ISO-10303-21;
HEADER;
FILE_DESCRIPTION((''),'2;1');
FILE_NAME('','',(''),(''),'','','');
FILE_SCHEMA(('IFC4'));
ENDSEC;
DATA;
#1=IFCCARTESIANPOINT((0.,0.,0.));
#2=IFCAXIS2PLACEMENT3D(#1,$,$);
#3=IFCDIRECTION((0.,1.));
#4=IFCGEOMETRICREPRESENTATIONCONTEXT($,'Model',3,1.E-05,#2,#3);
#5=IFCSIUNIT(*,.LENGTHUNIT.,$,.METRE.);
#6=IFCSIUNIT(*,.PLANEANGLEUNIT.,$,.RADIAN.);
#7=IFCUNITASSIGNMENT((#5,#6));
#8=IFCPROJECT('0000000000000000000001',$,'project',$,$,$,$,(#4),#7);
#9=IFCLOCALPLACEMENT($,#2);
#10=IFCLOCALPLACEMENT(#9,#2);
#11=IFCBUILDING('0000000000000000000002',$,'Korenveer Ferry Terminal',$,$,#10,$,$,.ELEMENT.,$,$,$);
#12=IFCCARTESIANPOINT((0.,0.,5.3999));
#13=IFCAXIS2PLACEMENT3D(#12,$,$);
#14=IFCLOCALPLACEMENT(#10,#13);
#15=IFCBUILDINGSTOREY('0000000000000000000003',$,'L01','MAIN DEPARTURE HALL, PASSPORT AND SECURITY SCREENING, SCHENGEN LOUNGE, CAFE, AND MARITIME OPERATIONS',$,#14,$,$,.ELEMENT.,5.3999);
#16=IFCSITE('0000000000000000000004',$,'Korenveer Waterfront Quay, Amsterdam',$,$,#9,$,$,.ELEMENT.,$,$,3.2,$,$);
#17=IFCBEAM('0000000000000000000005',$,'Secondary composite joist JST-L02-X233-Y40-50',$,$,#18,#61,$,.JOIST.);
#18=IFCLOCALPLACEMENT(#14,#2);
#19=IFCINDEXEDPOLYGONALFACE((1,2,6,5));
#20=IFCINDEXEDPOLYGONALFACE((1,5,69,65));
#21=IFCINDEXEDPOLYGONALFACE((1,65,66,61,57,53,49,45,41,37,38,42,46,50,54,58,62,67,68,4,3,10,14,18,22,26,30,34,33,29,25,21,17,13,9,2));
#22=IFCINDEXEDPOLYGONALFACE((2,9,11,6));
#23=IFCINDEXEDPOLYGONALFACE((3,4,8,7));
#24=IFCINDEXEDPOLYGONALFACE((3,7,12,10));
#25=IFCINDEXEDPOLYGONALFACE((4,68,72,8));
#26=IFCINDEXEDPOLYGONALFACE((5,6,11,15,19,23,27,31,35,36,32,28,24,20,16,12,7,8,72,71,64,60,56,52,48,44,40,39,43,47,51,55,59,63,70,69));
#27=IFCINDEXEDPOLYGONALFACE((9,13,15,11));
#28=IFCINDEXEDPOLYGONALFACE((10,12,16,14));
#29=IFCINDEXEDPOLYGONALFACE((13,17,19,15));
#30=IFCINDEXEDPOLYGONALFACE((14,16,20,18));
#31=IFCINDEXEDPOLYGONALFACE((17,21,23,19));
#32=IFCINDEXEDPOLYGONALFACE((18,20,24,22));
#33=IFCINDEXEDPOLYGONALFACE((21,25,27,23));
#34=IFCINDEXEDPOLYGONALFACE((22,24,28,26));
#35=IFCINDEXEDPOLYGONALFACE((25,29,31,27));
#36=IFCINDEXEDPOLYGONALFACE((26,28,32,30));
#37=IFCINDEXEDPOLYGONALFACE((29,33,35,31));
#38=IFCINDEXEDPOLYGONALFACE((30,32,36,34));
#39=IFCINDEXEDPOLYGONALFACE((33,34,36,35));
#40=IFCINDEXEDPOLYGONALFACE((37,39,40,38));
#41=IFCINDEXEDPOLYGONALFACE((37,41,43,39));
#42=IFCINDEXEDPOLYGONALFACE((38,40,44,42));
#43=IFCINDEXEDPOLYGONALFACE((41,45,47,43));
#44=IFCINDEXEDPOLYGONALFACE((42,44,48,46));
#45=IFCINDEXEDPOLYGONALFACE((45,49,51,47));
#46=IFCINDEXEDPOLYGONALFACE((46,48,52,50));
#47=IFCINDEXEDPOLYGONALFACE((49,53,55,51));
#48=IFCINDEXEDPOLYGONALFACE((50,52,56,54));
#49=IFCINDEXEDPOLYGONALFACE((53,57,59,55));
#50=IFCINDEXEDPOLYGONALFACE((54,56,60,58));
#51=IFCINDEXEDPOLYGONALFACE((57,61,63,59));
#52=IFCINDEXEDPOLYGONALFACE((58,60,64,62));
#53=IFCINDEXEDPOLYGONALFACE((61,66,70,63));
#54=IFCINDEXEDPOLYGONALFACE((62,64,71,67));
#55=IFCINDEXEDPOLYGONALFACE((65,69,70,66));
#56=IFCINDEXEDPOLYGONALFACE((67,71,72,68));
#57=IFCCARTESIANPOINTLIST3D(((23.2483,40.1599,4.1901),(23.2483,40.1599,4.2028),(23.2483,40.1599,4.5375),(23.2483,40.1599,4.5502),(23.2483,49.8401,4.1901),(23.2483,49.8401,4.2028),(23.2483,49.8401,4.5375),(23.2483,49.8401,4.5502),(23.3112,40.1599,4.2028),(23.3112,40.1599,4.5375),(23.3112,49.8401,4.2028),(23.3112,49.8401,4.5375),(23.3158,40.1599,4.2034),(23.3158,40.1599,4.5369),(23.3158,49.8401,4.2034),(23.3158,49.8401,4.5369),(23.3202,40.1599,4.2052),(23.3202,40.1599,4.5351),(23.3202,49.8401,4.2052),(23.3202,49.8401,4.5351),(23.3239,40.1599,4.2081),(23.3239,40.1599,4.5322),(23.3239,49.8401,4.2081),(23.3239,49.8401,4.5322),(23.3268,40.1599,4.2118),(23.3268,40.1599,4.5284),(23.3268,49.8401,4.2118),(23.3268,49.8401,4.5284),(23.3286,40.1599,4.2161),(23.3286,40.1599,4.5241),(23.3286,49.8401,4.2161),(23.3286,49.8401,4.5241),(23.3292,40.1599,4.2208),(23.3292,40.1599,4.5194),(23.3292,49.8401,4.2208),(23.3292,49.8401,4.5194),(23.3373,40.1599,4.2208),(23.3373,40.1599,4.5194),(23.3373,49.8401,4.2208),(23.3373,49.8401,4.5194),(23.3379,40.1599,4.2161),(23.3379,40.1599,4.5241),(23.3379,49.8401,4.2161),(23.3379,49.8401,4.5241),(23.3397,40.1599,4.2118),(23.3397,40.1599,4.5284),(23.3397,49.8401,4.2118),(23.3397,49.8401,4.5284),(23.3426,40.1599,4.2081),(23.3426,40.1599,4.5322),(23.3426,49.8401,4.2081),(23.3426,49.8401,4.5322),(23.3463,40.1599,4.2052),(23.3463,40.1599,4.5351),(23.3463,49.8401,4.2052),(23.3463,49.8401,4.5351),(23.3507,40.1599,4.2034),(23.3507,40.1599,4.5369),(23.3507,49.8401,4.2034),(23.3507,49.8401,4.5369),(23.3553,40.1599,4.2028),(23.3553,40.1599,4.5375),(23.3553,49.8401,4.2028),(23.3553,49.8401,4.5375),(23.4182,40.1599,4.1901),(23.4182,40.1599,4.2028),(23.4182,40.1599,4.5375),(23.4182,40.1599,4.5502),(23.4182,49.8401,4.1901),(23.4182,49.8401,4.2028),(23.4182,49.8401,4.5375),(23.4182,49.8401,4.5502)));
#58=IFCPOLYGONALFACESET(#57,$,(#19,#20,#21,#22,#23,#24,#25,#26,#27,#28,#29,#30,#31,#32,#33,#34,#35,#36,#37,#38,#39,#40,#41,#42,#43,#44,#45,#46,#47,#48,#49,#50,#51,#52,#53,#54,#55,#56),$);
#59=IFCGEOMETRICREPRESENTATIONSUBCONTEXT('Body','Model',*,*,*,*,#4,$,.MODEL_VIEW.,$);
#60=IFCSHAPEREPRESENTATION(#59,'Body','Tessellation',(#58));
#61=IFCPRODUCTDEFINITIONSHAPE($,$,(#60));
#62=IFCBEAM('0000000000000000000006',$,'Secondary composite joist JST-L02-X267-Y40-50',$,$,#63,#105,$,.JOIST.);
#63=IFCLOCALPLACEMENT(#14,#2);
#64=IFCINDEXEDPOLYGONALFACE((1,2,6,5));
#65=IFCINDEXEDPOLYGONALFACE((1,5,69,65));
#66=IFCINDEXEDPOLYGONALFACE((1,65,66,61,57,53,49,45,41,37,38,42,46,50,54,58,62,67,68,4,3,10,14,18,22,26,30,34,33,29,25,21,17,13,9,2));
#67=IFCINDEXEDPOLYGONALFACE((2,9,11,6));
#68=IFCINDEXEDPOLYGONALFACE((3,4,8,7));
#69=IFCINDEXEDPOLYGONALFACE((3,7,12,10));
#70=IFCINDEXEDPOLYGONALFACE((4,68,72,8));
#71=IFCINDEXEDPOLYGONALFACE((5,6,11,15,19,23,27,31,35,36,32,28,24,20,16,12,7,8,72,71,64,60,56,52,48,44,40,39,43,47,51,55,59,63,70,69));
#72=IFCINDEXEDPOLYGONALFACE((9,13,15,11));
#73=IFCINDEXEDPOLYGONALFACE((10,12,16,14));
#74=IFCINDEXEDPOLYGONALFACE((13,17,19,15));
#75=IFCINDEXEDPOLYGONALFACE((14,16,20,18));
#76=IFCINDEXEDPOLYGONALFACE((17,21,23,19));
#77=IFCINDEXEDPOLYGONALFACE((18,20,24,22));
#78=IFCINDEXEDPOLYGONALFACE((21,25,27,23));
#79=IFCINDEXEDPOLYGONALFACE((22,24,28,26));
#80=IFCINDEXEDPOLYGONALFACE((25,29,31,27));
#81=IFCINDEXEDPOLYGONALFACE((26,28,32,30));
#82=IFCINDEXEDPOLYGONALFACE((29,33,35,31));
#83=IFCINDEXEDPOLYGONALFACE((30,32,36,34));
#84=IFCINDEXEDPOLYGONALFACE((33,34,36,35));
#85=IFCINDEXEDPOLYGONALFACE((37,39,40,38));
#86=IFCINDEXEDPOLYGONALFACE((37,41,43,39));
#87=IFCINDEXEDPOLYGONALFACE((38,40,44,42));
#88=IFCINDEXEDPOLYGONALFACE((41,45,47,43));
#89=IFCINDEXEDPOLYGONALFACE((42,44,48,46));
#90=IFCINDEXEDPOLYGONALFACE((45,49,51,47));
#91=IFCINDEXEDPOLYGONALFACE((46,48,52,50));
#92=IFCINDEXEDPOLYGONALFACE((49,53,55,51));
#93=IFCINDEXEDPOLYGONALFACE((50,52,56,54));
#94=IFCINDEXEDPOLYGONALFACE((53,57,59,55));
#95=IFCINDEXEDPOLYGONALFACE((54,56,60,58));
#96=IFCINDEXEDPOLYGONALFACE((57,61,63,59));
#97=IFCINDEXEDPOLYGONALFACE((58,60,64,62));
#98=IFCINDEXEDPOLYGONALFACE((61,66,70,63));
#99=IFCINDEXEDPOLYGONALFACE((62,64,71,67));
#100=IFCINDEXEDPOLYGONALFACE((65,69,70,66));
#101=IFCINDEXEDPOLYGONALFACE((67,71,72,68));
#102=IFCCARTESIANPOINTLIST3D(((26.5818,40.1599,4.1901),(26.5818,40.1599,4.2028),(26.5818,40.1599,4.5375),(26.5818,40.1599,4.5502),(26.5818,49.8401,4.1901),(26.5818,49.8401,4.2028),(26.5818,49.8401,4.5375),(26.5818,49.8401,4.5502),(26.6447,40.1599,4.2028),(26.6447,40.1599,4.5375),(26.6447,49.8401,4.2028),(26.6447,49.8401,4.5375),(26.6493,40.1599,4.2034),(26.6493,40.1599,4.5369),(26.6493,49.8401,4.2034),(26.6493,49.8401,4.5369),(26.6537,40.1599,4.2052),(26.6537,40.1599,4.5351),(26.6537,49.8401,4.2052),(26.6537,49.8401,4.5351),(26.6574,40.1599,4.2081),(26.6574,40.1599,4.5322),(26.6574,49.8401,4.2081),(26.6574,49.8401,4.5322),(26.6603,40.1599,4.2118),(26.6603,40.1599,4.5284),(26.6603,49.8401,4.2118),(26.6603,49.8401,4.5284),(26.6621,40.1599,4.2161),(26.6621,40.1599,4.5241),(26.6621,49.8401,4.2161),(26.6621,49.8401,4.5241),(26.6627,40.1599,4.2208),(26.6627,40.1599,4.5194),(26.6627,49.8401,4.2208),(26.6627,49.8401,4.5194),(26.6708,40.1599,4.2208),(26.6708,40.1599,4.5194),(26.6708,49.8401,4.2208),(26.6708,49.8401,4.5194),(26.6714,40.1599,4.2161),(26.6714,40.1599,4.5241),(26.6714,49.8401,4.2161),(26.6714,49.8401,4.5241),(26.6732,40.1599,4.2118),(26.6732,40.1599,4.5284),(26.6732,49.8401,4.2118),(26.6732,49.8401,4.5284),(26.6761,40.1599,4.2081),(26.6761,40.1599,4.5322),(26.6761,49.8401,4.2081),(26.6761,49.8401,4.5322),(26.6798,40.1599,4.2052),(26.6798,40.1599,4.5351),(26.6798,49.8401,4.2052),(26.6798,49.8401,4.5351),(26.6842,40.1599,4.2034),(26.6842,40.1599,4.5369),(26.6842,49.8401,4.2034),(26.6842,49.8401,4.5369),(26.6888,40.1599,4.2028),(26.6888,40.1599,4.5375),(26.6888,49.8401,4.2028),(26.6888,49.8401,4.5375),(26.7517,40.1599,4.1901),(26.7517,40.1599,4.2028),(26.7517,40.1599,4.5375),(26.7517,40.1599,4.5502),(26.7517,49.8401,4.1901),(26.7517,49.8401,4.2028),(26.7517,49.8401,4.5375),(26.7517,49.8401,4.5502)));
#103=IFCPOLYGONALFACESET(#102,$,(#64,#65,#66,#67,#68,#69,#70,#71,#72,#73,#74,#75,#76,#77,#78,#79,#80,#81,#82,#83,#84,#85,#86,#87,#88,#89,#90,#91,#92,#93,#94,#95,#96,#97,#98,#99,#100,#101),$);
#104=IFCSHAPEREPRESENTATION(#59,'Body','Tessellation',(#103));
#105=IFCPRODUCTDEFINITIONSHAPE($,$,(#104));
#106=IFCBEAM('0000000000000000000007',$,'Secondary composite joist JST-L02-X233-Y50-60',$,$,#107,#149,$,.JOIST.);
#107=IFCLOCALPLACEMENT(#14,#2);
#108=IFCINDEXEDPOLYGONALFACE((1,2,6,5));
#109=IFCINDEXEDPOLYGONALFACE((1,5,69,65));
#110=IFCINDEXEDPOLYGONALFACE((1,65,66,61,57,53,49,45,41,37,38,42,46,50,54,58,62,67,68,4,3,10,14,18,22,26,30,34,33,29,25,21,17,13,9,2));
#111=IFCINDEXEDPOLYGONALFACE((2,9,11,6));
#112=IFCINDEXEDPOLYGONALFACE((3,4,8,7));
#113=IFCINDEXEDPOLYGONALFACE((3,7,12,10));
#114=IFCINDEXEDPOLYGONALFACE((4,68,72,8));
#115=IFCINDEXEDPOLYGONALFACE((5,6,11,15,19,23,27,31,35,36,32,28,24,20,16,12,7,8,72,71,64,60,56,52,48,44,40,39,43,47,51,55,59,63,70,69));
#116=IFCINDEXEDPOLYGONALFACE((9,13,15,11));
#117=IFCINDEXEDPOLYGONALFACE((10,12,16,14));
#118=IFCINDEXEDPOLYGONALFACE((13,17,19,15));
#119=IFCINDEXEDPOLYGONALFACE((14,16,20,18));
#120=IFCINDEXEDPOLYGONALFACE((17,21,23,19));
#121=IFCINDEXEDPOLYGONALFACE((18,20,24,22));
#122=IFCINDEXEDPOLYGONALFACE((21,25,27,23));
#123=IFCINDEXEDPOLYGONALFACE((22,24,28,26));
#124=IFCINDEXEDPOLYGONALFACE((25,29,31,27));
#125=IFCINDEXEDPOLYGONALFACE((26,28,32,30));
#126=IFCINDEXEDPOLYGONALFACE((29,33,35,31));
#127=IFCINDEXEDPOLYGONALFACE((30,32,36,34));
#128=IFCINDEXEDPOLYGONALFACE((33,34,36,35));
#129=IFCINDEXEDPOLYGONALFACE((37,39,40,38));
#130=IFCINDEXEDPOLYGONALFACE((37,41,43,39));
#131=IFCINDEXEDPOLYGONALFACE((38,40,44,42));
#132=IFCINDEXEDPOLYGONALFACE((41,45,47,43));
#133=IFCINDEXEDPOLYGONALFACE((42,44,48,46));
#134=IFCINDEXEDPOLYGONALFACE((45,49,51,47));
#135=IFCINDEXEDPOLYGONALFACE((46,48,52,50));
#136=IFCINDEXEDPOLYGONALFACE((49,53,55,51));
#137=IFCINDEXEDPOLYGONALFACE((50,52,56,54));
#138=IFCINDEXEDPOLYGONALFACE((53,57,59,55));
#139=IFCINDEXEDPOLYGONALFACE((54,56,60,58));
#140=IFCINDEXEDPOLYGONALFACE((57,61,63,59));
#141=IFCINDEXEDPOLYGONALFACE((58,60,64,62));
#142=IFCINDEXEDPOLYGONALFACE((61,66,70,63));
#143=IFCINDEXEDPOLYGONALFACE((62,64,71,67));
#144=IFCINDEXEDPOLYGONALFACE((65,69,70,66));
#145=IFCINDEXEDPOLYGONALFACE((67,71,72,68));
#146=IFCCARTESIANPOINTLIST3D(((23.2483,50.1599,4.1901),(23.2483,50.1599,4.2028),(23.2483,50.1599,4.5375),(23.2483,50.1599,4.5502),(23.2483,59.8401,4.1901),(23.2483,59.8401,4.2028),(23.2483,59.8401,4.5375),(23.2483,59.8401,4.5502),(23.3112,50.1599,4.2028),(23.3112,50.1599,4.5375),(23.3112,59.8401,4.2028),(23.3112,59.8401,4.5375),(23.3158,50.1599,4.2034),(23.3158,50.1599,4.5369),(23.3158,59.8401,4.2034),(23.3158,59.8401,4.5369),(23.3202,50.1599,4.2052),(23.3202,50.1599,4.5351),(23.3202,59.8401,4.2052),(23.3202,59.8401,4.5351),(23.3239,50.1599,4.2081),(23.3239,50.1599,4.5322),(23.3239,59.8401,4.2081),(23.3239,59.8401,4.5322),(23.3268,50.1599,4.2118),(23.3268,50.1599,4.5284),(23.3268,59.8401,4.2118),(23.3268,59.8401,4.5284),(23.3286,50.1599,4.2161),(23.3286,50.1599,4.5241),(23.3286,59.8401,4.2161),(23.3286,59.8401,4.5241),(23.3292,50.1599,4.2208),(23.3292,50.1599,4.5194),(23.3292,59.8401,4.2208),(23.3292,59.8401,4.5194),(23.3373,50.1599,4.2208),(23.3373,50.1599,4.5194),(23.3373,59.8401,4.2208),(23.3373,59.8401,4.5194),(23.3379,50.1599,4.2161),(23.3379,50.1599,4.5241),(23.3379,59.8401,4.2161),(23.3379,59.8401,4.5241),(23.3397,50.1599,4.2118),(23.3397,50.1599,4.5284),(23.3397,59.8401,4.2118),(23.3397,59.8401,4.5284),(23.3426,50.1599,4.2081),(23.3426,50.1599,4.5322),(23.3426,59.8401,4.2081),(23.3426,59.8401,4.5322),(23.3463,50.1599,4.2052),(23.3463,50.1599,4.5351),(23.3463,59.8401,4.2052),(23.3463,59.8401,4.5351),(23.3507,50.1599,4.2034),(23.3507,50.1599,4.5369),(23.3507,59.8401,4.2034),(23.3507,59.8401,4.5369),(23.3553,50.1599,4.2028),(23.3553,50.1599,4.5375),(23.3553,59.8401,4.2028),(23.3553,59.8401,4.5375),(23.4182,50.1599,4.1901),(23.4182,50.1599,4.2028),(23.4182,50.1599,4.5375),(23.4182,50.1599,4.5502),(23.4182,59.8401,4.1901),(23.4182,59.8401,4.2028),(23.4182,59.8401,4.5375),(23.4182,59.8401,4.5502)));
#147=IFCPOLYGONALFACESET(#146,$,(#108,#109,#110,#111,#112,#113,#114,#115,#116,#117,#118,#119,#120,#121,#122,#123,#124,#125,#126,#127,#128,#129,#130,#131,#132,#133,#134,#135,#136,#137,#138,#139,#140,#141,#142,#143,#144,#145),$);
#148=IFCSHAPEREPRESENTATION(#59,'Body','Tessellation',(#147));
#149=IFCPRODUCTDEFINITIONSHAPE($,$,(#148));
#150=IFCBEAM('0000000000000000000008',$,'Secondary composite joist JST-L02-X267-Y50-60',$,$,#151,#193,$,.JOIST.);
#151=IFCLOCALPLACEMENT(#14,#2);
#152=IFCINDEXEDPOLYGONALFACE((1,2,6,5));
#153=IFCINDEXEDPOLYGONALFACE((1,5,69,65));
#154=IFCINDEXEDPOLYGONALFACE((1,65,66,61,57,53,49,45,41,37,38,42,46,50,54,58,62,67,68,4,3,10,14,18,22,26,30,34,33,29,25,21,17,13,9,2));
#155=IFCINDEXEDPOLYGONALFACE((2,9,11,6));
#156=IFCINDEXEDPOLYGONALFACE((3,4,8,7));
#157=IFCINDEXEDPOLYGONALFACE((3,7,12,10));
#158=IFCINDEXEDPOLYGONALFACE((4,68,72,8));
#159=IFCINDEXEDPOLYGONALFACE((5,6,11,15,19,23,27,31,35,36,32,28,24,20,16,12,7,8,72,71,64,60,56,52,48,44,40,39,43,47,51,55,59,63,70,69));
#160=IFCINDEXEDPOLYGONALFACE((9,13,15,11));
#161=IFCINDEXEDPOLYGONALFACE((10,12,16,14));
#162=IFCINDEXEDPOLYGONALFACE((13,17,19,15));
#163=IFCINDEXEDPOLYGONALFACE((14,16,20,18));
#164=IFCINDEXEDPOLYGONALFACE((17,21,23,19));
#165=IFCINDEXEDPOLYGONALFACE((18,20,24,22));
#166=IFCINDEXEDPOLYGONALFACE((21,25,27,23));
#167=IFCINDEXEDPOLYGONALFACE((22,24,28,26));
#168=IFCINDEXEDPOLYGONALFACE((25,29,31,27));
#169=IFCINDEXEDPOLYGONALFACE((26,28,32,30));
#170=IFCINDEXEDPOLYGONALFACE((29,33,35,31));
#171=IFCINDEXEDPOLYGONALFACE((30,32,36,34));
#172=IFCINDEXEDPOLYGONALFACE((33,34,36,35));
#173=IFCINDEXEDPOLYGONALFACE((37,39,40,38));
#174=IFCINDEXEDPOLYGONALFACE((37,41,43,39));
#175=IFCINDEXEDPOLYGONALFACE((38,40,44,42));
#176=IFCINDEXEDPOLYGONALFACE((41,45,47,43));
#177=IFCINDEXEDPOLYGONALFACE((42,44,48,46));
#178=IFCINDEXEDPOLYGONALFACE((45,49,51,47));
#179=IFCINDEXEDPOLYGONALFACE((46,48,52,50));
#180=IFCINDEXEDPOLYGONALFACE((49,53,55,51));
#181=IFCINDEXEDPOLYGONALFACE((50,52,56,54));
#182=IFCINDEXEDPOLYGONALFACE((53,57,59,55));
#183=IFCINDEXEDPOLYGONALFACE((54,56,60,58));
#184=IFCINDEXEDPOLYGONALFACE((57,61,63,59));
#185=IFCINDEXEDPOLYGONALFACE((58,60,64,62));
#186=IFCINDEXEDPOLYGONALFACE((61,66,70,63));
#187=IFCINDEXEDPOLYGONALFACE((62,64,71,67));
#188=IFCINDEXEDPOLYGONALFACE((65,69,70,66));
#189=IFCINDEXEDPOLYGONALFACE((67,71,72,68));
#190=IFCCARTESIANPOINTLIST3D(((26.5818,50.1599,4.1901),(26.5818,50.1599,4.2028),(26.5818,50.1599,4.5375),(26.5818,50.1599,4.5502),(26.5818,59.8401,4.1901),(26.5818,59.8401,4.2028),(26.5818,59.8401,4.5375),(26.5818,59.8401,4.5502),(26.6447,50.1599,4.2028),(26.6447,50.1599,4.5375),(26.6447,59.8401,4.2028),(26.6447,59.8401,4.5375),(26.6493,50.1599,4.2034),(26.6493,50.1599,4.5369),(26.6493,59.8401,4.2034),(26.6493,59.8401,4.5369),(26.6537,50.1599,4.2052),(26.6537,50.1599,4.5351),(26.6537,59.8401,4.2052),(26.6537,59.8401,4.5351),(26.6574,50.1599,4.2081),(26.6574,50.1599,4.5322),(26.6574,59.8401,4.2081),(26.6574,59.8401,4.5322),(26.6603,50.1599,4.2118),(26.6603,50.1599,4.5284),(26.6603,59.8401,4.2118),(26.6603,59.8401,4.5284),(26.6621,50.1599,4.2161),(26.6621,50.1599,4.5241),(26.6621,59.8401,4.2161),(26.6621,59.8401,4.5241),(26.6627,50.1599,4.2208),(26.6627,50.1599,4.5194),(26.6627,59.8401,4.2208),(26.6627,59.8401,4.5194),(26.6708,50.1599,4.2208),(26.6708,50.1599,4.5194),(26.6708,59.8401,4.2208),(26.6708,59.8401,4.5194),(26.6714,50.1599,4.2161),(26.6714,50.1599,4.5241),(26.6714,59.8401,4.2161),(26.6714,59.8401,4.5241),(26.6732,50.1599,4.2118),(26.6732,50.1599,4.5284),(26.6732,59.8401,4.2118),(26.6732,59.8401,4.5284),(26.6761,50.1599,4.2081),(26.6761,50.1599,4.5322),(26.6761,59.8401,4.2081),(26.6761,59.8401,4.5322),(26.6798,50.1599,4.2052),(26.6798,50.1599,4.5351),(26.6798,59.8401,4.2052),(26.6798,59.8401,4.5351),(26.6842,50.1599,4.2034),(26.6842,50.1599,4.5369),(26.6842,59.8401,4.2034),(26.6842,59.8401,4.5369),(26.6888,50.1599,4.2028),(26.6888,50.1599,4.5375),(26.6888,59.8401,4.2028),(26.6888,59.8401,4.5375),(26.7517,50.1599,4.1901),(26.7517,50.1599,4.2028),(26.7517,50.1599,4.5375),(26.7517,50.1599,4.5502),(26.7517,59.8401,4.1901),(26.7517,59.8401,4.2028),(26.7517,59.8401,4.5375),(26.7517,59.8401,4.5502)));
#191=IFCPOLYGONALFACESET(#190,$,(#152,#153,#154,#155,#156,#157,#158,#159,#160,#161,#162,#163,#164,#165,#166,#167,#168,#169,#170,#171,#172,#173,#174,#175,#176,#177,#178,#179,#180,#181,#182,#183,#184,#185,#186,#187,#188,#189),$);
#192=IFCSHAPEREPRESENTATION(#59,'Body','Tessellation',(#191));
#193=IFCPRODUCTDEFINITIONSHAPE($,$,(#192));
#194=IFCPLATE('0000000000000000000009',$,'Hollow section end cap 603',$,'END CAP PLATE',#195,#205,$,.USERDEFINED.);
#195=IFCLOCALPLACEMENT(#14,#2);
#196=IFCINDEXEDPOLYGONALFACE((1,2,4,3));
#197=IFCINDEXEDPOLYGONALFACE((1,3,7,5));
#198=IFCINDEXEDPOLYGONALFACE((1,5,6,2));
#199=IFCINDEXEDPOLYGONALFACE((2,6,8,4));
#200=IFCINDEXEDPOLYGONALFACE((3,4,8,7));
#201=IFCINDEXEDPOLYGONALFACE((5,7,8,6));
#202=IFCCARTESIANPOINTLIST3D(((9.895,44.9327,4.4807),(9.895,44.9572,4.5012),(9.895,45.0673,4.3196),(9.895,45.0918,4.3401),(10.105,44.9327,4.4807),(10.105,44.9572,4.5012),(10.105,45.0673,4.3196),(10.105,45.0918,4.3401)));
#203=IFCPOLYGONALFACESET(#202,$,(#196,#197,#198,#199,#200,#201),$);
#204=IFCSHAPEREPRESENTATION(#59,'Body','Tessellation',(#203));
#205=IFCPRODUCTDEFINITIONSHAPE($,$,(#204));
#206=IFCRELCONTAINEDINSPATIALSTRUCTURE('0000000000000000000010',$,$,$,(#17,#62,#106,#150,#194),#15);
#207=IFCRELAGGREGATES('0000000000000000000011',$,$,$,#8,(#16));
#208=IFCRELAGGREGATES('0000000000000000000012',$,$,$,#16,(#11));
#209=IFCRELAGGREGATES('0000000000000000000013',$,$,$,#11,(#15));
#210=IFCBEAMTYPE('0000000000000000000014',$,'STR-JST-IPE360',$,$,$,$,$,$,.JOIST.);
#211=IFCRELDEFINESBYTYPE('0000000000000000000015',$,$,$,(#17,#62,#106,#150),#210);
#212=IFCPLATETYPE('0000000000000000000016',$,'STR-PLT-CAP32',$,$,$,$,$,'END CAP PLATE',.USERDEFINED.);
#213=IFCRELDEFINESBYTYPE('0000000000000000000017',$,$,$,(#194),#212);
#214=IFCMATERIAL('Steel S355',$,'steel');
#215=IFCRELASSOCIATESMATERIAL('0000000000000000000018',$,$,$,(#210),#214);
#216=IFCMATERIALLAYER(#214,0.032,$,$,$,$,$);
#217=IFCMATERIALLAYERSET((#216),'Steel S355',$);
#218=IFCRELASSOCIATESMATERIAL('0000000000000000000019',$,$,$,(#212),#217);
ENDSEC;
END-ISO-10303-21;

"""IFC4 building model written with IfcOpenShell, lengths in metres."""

from ifc_helpers import new_model, si_unit, direction, frame, origin, origin_2d, place, context, subcontext, project, spatial, rectangle, i_section, extrude, material, layer, layer_set, material_profile, profile_set, type_object, element, save


model = new_model("IFC4")

# Units and contexts
model_context = context("Model", 3, precision=1e-05, world=origin(), true_north=direction((0.0, 1.0)))
body_context = subcontext(model_context, "Body", "Model", "MODEL_VIEW")
ifc_project = project(units=[si_unit("LENGTHUNIT", "METRE"), si_unit("PLANEANGLEUNIT", "RADIAN")], contexts=[model_context])

# Site, building, storey
site_placement = place(None, origin())
site = spatial("IfcSite", under=ifc_project, at=site_placement, Name="Korenveer Waterfront Quay, Amsterdam", CompositionType="ELEMENT", RefElevation=3.2)
building_placement = place(site_placement, origin())
building = spatial("IfcBuilding", under=site, at=building_placement, Name="Korenveer Ferry Terminal", CompositionType="ELEMENT")
storey_placement = place(building_placement, frame((0.0, 0.0, 5.3999)))
storey = spatial("IfcBuildingStorey", under=building, at=storey_placement, Name="L01", Description="MAIN DEPARTURE HALL, PASSPORT AND SECURITY SCREENING, SCHENGEN LOUNGE, CAFE, AND MARITIME OPERATIONS", CompositionType="ELEMENT", Elevation=5.3999)

# Shared definitions
ifc_material_1 = material(Name="Steel S355", Category="steel")

# Beams
ifc_material_profile_1 = material_profile(ifc_material_1, i_section(OverallWidth=0.1699, OverallDepth=0.3601, WebThickness=0.0081, FlangeThickness=0.0127, FilletRadius=0.0181, at=origin_2d()), Name="IPE 360")
ifc_profile_set_1 = profile_set([ifc_material_profile_1], Name="Steel S355")
beam_type_1 = type_object("IfcBeamType", Name="STR-JST-IPE360", PredefinedType="JOIST", material=ifc_profile_set_1)
for number, where, z_axis, x_axis, name in (
    (1, (23.3333, 40.1599, 4.3701), (0.0, 1.0, 0.0), (-1.0, 0.0, 0.0), "Secondary composite joist JST-L02-X233-Y40-50"),
    (2, (26.6667, 40.1599, 4.3701), (0.0, 1.0, 0.0), (-1.0, 0.0, 0.0), "Secondary composite joist JST-L02-X267-Y40-50"),
    (3, (23.3333, 50.1599, 4.3701), (0.0, 1.0, 0.0), (-1.0, 0.0, 0.0), "Secondary composite joist JST-L02-X233-Y50-60"),
    (4, (26.6667, 50.1599, 4.3701), (0.0, 1.0, 0.0), (-1.0, 0.0, 0.0), "Secondary composite joist JST-L02-X267-Y50-60"),
):
    element("IfcBeam", number, at=place(storey_placement, frame(where, z_axis=z_axis, x_axis=x_axis)), inside=storey, type_object=beam_type_1, Name=name, PredefinedType="JOIST", context=body_context, shape_type="SweptSolid", body=[
        extrude(i_section(OverallWidth=0.1699, OverallDepth=0.3601, WebThickness=0.0081, FlangeThickness=0.0127, FilletRadius=0.0181, at=origin_2d()), origin(), (0.0, 0.0, 1.0), 9.6802),
    ])

# Plate
ifc_layer_1 = layer(ifc_material_1, 0.032)
ifc_layer_set_1 = layer_set([ifc_layer_1], Name="Steel S355")
plate_type_1 = type_object("IfcPlateType", Name="STR-PLT-CAP32", ElementType="END CAP PLATE", PredefinedType="USERDEFINED", material=ifc_layer_set_1)
for number, where, z_axis, x_axis, name in (
    (5, (10.0, 45.0, 4.4001), (0.0, 0.767463, 0.641093), (-1.0, 0.0, 0.0), "Hollow section end cap 603"),
):
    element("IfcPlate", number, at=place(storey_placement, frame(where, z_axis=z_axis, x_axis=x_axis)), inside=storey, type_object=plate_type_1, Name=name, ObjectType="END CAP PLATE", PredefinedType="USERDEFINED", context=body_context, shape_type="SweptSolid", body=[
        extrude(rectangle(XDim=0.21, YDim=0.21, at=origin_2d()), origin(), (0.0, 0.0, 1.0), 0.032),
    ])

save(model, "model.ifc")
